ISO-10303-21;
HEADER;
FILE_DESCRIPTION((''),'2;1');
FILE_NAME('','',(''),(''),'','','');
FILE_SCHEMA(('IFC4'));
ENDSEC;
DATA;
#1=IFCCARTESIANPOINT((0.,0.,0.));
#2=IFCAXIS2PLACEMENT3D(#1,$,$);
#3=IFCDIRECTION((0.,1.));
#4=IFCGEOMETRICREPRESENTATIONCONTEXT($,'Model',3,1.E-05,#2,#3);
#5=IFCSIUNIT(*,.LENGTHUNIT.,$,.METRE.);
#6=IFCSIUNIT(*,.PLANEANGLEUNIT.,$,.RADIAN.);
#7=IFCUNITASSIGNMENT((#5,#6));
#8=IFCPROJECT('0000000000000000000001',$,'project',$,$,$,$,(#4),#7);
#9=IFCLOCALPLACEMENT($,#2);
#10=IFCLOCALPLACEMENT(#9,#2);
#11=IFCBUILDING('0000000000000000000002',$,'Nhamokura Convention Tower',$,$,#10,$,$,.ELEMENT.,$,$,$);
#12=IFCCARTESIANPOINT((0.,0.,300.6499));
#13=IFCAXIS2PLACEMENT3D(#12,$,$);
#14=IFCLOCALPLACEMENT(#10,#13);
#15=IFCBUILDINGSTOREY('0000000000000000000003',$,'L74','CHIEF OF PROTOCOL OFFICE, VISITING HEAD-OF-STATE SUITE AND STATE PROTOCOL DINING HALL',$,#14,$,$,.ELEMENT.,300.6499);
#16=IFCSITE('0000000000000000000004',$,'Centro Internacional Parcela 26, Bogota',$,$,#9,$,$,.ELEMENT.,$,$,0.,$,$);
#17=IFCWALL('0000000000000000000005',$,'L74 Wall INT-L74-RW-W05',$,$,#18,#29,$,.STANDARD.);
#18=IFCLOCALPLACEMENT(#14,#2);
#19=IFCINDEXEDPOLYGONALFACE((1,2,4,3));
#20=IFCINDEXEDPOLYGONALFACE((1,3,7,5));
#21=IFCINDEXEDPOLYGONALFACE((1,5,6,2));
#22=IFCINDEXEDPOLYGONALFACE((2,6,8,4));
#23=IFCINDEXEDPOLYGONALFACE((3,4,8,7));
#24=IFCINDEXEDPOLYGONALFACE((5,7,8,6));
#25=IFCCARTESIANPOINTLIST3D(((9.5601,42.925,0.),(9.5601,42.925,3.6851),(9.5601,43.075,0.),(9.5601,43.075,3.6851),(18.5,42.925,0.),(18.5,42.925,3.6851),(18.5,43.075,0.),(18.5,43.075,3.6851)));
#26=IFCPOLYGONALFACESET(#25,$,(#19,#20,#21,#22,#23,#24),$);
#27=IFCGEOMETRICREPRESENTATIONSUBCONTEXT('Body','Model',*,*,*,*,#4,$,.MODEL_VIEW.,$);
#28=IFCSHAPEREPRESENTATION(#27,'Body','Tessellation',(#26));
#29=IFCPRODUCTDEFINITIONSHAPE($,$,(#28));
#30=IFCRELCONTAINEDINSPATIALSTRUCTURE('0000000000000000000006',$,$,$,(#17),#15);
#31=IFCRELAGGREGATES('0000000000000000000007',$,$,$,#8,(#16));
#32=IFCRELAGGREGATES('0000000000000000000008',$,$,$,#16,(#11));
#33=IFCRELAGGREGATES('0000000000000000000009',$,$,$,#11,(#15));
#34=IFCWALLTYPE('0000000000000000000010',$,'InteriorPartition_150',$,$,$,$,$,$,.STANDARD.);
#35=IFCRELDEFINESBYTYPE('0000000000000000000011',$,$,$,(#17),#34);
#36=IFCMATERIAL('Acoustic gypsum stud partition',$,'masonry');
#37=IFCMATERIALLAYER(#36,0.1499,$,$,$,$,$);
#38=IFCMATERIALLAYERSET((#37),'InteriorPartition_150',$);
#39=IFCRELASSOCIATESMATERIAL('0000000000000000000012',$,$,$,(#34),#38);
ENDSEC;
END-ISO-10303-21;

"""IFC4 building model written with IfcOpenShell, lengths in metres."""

from ifc_helpers import new_model, si_unit, direction, frame, frame_2d, origin, place, context, subcontext, project, spatial, rectangle, extrude, material, layer, layer_set, type_object, element, save


model = new_model("IFC4")

# Units and contexts
model_context = context("Model", 3, precision=1e-05, world=origin(), true_north=direction((0.0, 1.0)))
body_context = subcontext(model_context, "Body", "Model", "MODEL_VIEW")
ifc_project = project(units=[si_unit("LENGTHUNIT", "METRE"), si_unit("PLANEANGLEUNIT", "RADIAN")], contexts=[model_context])

# Site, building, storey
site_placement = place(None, origin())
site = spatial("IfcSite", under=ifc_project, at=site_placement, Name="Centro Internacional Parcela 26, Bogota", CompositionType="ELEMENT", RefElevation=0.0)
building_placement = place(site_placement, origin())
building = spatial("IfcBuilding", under=site, at=building_placement, Name="Nhamokura Convention Tower", CompositionType="ELEMENT")
storey_placement = place(building_placement, frame((0.0, 0.0, 300.6499)))
storey = spatial("IfcBuildingStorey", under=building, at=storey_placement, Name="L74", Description="CHIEF OF PROTOCOL OFFICE, VISITING HEAD-OF-STATE SUITE AND STATE PROTOCOL DINING HALL", CompositionType="ELEMENT", Elevation=300.6499)

# Wall
ifc_material_1 = material(Name="Acoustic gypsum stud partition", Category="masonry")
ifc_layer_1 = layer(ifc_material_1, 0.1499)
ifc_layer_set_1 = layer_set([ifc_layer_1], Name="InteriorPartition_150")
wall_type_1 = type_object("IfcWallType", Name="InteriorPartition_150", PredefinedType="STANDARD", material=ifc_layer_set_1)
for number, where, z_axis, x_axis, name in (
    (1, (9.5601, 43.0, 0.0), (0.0, 0.0, 1.0), (1.0, 0.0, 0.0), "L74 Wall INT-L74-RW-W05"),
):
    element("IfcWall", number, at=place(storey_placement, frame(where, z_axis=z_axis, x_axis=x_axis)), inside=storey, type_object=wall_type_1, Name=name, PredefinedType="STANDARD", context=body_context, shape_type="SweptSolid", body=[
        extrude(rectangle(XDim=8.9399, YDim=0.1499, at=frame_2d((4.47, 0.0))), origin(), (0.0, 0.0, 1.0), 3.6851),
    ])

save(model, "model.ifc")
